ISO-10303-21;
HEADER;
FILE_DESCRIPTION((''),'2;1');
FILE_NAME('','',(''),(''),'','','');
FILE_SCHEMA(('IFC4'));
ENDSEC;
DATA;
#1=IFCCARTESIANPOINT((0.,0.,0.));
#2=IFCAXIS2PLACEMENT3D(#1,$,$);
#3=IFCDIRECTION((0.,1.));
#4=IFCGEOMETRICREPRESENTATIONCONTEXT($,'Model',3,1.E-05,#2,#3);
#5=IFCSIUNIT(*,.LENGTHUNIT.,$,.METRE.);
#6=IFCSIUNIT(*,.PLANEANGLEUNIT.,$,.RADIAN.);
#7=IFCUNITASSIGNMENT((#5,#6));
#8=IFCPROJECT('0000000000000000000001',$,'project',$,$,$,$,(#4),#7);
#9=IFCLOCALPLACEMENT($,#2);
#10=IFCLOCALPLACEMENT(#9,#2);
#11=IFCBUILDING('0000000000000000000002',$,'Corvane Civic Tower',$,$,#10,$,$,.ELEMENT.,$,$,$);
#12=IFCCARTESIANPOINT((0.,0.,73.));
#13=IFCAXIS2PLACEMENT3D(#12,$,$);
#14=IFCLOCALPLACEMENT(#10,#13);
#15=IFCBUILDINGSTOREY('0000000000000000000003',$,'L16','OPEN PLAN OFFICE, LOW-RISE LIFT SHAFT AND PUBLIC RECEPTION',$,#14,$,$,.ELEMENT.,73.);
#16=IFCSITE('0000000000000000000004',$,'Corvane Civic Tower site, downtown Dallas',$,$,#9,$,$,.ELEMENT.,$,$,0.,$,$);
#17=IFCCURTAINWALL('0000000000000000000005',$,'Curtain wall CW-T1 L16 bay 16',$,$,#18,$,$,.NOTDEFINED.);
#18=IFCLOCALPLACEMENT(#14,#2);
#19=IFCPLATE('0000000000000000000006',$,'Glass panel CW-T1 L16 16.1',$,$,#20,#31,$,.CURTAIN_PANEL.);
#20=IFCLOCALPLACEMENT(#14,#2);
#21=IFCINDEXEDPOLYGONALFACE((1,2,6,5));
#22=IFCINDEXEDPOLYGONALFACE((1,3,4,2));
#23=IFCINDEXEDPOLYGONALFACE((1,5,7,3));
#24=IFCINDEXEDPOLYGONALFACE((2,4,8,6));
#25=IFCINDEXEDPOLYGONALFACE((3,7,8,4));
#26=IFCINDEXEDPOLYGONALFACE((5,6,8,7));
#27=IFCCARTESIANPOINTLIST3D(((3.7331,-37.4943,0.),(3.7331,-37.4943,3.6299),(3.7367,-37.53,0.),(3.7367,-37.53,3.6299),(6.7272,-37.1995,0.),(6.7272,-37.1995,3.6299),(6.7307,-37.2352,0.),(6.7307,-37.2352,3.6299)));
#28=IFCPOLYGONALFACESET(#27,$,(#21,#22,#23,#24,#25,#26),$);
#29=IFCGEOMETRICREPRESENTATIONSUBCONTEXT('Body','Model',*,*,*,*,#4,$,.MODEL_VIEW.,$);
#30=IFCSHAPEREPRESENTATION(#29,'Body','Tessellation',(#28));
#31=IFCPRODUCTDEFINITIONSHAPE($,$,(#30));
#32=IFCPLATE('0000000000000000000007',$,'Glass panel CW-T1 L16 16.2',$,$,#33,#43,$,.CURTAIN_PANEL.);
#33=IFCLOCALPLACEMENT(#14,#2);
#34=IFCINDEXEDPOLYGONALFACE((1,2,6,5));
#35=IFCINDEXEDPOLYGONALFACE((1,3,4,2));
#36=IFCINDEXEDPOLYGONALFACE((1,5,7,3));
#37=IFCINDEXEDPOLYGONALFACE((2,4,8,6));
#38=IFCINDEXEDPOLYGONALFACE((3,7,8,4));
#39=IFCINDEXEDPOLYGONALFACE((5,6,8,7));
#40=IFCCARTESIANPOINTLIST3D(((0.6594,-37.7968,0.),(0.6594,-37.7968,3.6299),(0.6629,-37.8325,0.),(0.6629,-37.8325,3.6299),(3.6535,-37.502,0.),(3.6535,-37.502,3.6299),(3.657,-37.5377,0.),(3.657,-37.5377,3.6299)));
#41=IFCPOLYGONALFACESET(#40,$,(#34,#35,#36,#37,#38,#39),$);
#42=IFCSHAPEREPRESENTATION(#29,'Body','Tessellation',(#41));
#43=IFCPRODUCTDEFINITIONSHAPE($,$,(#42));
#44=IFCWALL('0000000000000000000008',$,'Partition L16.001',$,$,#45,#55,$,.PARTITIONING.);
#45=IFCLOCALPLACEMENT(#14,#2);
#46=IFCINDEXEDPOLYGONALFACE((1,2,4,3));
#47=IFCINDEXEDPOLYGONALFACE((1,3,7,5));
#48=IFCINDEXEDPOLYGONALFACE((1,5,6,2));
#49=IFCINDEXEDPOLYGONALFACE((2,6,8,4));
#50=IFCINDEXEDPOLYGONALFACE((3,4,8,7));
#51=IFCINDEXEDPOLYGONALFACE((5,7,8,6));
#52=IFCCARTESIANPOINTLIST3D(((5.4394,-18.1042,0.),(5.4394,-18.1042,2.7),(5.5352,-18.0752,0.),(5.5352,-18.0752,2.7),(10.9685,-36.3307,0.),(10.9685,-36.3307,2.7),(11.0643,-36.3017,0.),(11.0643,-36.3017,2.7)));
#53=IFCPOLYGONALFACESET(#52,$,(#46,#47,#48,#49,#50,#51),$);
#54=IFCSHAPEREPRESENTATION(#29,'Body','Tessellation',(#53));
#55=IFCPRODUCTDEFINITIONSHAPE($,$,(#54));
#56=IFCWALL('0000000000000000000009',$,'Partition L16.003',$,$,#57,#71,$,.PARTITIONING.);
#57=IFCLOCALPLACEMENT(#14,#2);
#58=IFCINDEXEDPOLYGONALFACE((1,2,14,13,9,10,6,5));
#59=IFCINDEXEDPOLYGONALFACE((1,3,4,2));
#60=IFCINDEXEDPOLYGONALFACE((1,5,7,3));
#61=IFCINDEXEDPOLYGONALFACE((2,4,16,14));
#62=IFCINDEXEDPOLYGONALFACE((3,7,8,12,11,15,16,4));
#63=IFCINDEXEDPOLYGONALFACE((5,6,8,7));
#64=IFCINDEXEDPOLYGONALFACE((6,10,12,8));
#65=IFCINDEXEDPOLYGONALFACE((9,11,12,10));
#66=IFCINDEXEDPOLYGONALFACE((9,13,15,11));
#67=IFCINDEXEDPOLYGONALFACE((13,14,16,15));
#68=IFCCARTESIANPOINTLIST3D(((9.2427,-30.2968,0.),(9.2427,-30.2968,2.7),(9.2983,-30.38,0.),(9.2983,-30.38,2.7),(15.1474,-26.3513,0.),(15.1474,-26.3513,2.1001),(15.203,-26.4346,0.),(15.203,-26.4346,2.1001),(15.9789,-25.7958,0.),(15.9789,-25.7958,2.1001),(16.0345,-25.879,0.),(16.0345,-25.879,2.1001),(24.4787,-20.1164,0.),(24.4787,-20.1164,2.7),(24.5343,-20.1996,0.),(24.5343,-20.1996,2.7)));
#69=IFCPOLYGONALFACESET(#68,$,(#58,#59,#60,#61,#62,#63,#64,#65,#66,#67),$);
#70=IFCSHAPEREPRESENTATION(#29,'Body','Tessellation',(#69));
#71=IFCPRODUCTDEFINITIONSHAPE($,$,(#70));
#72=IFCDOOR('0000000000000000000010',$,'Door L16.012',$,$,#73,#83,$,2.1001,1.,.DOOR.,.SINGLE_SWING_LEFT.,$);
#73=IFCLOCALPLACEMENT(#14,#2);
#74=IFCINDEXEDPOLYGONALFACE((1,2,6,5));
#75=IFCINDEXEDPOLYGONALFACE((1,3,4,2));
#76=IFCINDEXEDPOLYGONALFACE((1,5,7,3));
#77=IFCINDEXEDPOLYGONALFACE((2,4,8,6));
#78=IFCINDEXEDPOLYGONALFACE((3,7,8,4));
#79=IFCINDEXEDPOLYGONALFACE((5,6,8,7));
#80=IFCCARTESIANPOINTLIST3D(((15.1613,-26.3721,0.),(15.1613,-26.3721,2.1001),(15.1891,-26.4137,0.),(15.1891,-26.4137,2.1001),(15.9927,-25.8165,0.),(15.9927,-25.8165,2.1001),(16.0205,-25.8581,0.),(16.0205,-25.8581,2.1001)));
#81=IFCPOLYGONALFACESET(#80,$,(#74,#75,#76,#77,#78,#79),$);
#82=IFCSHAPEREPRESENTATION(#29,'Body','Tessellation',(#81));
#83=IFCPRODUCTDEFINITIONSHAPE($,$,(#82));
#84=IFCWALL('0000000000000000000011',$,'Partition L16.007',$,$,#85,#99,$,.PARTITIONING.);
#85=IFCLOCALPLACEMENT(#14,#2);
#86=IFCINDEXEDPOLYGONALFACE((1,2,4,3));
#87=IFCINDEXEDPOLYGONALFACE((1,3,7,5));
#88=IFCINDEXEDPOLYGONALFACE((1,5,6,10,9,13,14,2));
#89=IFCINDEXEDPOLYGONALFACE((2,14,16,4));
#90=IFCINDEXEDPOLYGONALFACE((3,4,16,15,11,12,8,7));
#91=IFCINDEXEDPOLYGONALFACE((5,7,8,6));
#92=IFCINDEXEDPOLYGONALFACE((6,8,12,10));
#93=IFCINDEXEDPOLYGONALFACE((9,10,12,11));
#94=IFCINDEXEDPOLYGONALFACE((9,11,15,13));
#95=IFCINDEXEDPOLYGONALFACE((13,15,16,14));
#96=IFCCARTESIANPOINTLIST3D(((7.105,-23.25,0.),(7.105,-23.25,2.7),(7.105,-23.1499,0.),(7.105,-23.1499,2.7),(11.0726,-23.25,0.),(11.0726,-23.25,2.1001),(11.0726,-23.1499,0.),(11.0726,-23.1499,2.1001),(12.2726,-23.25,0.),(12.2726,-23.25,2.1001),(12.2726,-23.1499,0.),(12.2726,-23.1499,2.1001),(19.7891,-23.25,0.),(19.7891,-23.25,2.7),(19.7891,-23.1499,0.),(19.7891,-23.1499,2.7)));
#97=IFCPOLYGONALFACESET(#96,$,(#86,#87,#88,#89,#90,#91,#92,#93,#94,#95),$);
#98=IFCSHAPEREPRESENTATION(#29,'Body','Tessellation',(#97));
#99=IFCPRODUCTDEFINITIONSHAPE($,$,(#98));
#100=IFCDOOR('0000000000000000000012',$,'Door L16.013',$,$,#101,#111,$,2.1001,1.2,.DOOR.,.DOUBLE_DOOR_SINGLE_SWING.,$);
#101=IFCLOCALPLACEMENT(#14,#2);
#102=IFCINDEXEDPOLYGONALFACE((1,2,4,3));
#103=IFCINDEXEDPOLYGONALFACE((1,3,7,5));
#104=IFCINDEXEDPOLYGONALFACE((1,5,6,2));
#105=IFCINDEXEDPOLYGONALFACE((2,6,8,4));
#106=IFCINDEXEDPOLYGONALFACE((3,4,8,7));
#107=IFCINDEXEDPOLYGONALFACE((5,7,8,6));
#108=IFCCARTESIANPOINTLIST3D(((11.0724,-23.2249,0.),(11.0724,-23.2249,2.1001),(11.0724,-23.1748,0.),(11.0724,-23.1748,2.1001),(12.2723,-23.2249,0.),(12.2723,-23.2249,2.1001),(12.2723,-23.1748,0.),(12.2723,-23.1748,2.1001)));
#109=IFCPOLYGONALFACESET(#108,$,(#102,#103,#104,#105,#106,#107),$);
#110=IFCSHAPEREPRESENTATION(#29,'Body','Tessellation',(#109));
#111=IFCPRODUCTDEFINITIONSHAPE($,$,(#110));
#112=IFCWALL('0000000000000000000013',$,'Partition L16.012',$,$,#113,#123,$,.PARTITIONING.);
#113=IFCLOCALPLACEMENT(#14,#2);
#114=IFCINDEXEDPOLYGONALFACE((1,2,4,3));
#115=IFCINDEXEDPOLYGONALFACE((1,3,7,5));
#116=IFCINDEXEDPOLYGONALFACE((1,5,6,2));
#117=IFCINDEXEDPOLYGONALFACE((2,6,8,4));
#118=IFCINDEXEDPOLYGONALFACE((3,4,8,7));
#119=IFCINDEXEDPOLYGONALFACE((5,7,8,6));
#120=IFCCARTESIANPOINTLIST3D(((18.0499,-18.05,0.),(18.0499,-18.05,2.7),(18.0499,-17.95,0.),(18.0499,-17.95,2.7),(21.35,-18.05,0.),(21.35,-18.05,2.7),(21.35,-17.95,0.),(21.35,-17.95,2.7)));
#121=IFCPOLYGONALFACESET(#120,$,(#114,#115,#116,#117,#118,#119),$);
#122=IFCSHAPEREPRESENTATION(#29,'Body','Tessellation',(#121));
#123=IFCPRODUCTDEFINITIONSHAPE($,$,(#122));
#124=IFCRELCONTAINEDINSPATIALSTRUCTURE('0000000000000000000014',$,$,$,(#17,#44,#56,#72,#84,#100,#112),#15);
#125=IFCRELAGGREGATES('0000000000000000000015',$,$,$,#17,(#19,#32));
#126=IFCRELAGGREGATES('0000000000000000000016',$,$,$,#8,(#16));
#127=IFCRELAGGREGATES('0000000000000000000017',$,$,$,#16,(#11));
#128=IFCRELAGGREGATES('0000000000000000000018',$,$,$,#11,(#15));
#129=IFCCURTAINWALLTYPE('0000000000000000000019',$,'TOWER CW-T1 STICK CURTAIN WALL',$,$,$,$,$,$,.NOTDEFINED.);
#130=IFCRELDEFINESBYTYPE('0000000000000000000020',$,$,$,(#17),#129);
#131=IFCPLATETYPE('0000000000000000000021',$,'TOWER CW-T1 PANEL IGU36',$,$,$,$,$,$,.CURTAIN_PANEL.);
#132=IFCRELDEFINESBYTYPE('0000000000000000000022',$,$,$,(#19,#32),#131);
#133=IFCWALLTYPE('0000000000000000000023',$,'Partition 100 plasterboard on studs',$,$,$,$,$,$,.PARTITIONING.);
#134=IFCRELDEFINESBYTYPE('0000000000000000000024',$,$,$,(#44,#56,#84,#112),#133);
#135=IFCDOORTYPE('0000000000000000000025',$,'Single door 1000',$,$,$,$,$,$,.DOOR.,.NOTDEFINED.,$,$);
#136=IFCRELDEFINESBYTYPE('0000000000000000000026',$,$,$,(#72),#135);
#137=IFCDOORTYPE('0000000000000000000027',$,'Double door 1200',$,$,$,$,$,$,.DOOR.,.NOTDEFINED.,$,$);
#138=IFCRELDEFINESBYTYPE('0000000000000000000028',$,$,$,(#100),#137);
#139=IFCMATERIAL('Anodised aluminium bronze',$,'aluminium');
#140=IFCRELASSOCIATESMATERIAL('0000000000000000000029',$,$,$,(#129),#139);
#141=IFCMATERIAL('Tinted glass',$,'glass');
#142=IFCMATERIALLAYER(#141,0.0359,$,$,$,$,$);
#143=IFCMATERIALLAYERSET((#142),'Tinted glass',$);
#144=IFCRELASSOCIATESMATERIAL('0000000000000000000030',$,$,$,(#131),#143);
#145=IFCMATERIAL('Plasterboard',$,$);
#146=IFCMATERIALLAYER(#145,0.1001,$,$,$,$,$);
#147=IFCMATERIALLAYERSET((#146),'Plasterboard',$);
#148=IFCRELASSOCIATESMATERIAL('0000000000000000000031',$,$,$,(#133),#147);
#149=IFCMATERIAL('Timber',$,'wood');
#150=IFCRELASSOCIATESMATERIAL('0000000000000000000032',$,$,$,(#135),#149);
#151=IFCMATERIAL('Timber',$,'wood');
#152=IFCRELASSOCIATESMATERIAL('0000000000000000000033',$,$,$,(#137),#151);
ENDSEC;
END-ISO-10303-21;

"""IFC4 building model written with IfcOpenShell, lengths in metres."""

from ifc_helpers import new_model, si_unit, direction, frame, frame_2d, origin, origin_2d, place, context, subcontext, project, spatial, rectangle, extrude, material, layer, layer_set, type_object, element, fill, aggregate, save


model = new_model("IFC4")

# Units and contexts
model_context = context("Model", 3, precision=1e-05, world=origin(), true_north=direction((0.0, 1.0)))
body_context = subcontext(model_context, "Body", "Model", "MODEL_VIEW")
ifc_project = project(units=[si_unit("LENGTHUNIT", "METRE"), si_unit("PLANEANGLEUNIT", "RADIAN")], contexts=[model_context])

# Site, building, storey
site_placement = place(None, origin())
site = spatial("IfcSite", under=ifc_project, at=site_placement, Name="Corvane Civic Tower site, downtown Dallas", CompositionType="ELEMENT", RefElevation=0.0)
building_placement = place(site_placement, origin())
building = spatial("IfcBuilding", under=site, at=building_placement, Name="Corvane Civic Tower", CompositionType="ELEMENT")
storey_placement = place(building_placement, frame((0.0, 0.0, 73.0)))
storey = spatial("IfcBuildingStorey", under=building, at=storey_placement, Name="L16", Description="OPEN PLAN OFFICE, LOW-RISE LIFT SHAFT AND PUBLIC RECEPTION", CompositionType="ELEMENT", Elevation=73.0)

# Shared definitions
ifc_material_1 = material(Name="Anodised aluminium bronze", Category="aluminium")
curtain_wall_type = type_object("IfcCurtainWallType", Name="TOWER CW-T1 STICK CURTAIN WALL", PredefinedType="NOTDEFINED", material=ifc_material_1)

# Curtain wall
curtain_wall_1_placement = place(storey_placement, origin())
curtain_wall_1 = element("IfcCurtainWall", 1, at=curtain_wall_1_placement, inside=storey, type_object=curtain_wall_type, Name="Curtain wall CW-T1 L16 bay 16", PredefinedType="NOTDEFINED")

# Plates
ifc_material_2 = material(Name="Tinted glass", Category="glass")
ifc_layer_1 = layer(ifc_material_2, 0.0359)
ifc_layer_set_1 = layer_set([ifc_layer_1], Name="Tinted glass")
plate_type = type_object("IfcPlateType", Name="TOWER CW-T1 PANEL IGU36", PredefinedType="CURTAIN_PANEL", material=ifc_layer_set_1)
plate_1_placement = place(storey_placement, frame((5.2319, -37.3647, 0.0), z_axis=(0.0, 0.0, 1.0), x_axis=(-0.995186, -0.098006, 0.0)))
plate_1 = element("IfcPlate", 2, at=plate_1_placement, type_object=plate_type, Name="Glass panel CW-T1 L16 16.1", PredefinedType="CURTAIN_PANEL", context=body_context, shape_type="SweptSolid", body=[
    extrude(rectangle(XDim=3.0085, YDim=0.0359, at=origin_2d()), origin(), (0.0, 0.0, 1.0), 3.6299),
])
plate_2_placement = place(storey_placement, frame((2.1582, -37.6672, 0.0), z_axis=(0.0, 0.0, 1.0), x_axis=(-0.995186, -0.098006, 0.0)))
plate_2 = element("IfcPlate", 3, at=plate_2_placement, type_object=plate_type, Name="Glass panel CW-T1 L16 16.2", PredefinedType="CURTAIN_PANEL", context=body_context, shape_type="SweptSolid", body=[
    extrude(rectangle(XDim=3.0085, YDim=0.0359, at=origin_2d()), origin(), (0.0, 0.0, 1.0), 3.6299),
])
aggregate(curtain_wall_1, [plate_1, plate_2])

# Wall
ifc_material_3 = material(Name="Plasterboard")
ifc_layer_2 = layer(ifc_material_3, 0.1001)
ifc_layer_set_2 = layer_set([ifc_layer_2], Name="Plasterboard")
wall_type_1 = type_object("IfcWallType", Name="Partition 100 plasterboard on studs", PredefinedType="PARTITIONING", material=ifc_layer_set_2)
wall_1_placement = place(storey_placement, frame((5.4873, -18.0896, 0.0), z_axis=(0.0, 0.0, 1.0), x_axis=(0.290289, -0.956939, 0.0)))
element("IfcWall", 4, at=wall_1_placement, inside=storey, type_object=wall_type_1, Name="Partition L16.001", PredefinedType="PARTITIONING", context=body_context, shape_type="SweptSolid", body=[
    extrude(rectangle(XDim=19.0466, YDim=0.1001, at=frame_2d((9.5234, 0.0))), origin(), (0.0, 0.0, 1.0), 2.7),
])

# Walls, openings, doors
wall_2_placement = place(storey_placement, frame((9.2705, -30.3384, 0.0), z_axis=(0.0, 0.0, 1.0), x_axis=(0.83147, 0.55557, 0.0)))
wall_2 = element("IfcWall", 5, at=wall_2_placement, inside=storey, type_object=wall_type_1, Name="Partition L16.003", PredefinedType="PARTITIONING", context=body_context, shape_type="SweptSolid", body=[
    extrude(rectangle(XDim=18.3242, YDim=0.1001, at=frame_2d((9.1621, 0.0))), origin(), (0.0, 0.0, 1.0), 2.7),
])
opening_1_placement = place(wall_2_placement, frame((7.1016, 0.0, 0.0)))
opening_1 = element("IfcOpeningElement", 6, at=opening_1_placement, cuts=wall_2, PredefinedType="OPENING", context=body_context, shape_type="SweptSolid", body=[
    extrude(rectangle(XDim=1.0, YDim=2.1001, at=frame_2d((0.5, 1.05))), frame((0.0, 0.0601, 0.0), z_axis=(0.0, -1.0, 0.0), x_axis=(1.0, 0.0, 0.0)), (0.0, 0.0, 1.0), 0.1201),
])
ifc_material_4 = material(Name="Timber", Category="wood")
door_type_1 = type_object("IfcDoorType", Name="Single door 1000", OperationType="NOTDEFINED", PredefinedType="DOOR", material=ifc_material_4)
door_1_placement = place(opening_1_placement, frame((1.0, 0.0, 0.0), z_axis=(0.0, 0.0, 1.0), x_axis=(-1.0, 0.0, 0.0)))
door_1 = element("IfcDoor", 7, at=door_1_placement, inside=storey, type_object=door_type_1, Name="Door L16.012", OperationType="SINGLE_SWING_LEFT", OverallHeight=2.1001, OverallWidth=1.0, PredefinedType="DOOR", context=body_context, shape_type="SweptSolid", body=[
    extrude(rectangle(XDim=1.0, YDim=2.1001, at=frame_2d((0.5, 1.05))), frame((0.0, 0.0249, 0.0), z_axis=(0.0, -1.0, 0.0), x_axis=(1.0, 0.0, 0.0)), (0.0, 0.0, 1.0), 0.05),
])
fill(opening_1, door_1)
wall_3_placement = place(storey_placement, frame((7.105, -23.2, 0.0), z_axis=(0.0, 0.0, 1.0), x_axis=(1.0, 0.0, 0.0)))
wall_3 = element("IfcWall", 8, at=wall_3_placement, inside=storey, type_object=wall_type_1, Name="Partition L16.007", PredefinedType="PARTITIONING", context=body_context, shape_type="SweptSolid", body=[
    extrude(rectangle(XDim=12.6841, YDim=0.1001, at=frame_2d((6.342, 0.0))), origin(), (0.0, 0.0, 1.0), 2.7),
])
opening_2_placement = place(wall_3_placement, frame((3.9675, 0.0, 0.0)))
opening_2 = element("IfcOpeningElement", 9, at=opening_2_placement, cuts=wall_3, PredefinedType="OPENING", context=body_context, shape_type="SweptSolid", body=[
    extrude(rectangle(XDim=1.2, YDim=2.1001, at=frame_2d((0.6001, 1.05))), frame((0.0, 0.0601, 0.0), z_axis=(0.0, -1.0, 0.0), x_axis=(1.0, 0.0, 0.0)), (0.0, 0.0, 1.0), 0.1201),
])
ifc_material_5 = material(Name="Timber", Category="wood")
door_type_2 = type_object("IfcDoorType", Name="Double door 1200", OperationType="NOTDEFINED", PredefinedType="DOOR", material=ifc_material_5)
door_2_placement = place(opening_2_placement, frame((1.2, 0.0, 0.0), z_axis=(0.0, 0.0, 1.0), x_axis=(-1.0, 0.0, 0.0)))
door_2 = element("IfcDoor", 10, at=door_2_placement, inside=storey, type_object=door_type_2, Name="Door L16.013", OperationType="DOUBLE_DOOR_SINGLE_SWING", OverallHeight=2.1001, OverallWidth=1.2, PredefinedType="DOOR", context=body_context, shape_type="SweptSolid", body=[
    extrude(rectangle(XDim=1.2, YDim=2.1001, at=frame_2d((0.6001, 1.05))), frame((0.0, 0.0249, 0.0), z_axis=(0.0, -1.0, 0.0), x_axis=(1.0, 0.0, 0.0)), (0.0, 0.0, 1.0), 0.05),
])
fill(opening_2, door_2)

# Wall
wall_4_placement = place(storey_placement, frame((18.05, -18.0, 0.0), z_axis=(0.0, 0.0, 1.0), x_axis=(1.0, 0.0, 0.0)))
element("IfcWall", 11, at=wall_4_placement, inside=storey, type_object=wall_type_1, Name="Partition L16.012", PredefinedType="PARTITIONING", context=body_context, shape_type="SweptSolid", body=[
    extrude(rectangle(XDim=3.3, YDim=0.1001, at=frame_2d((1.6499, 0.0))), origin(), (0.0, 0.0, 1.0), 2.7),
])

save(model, "model.ifc")
